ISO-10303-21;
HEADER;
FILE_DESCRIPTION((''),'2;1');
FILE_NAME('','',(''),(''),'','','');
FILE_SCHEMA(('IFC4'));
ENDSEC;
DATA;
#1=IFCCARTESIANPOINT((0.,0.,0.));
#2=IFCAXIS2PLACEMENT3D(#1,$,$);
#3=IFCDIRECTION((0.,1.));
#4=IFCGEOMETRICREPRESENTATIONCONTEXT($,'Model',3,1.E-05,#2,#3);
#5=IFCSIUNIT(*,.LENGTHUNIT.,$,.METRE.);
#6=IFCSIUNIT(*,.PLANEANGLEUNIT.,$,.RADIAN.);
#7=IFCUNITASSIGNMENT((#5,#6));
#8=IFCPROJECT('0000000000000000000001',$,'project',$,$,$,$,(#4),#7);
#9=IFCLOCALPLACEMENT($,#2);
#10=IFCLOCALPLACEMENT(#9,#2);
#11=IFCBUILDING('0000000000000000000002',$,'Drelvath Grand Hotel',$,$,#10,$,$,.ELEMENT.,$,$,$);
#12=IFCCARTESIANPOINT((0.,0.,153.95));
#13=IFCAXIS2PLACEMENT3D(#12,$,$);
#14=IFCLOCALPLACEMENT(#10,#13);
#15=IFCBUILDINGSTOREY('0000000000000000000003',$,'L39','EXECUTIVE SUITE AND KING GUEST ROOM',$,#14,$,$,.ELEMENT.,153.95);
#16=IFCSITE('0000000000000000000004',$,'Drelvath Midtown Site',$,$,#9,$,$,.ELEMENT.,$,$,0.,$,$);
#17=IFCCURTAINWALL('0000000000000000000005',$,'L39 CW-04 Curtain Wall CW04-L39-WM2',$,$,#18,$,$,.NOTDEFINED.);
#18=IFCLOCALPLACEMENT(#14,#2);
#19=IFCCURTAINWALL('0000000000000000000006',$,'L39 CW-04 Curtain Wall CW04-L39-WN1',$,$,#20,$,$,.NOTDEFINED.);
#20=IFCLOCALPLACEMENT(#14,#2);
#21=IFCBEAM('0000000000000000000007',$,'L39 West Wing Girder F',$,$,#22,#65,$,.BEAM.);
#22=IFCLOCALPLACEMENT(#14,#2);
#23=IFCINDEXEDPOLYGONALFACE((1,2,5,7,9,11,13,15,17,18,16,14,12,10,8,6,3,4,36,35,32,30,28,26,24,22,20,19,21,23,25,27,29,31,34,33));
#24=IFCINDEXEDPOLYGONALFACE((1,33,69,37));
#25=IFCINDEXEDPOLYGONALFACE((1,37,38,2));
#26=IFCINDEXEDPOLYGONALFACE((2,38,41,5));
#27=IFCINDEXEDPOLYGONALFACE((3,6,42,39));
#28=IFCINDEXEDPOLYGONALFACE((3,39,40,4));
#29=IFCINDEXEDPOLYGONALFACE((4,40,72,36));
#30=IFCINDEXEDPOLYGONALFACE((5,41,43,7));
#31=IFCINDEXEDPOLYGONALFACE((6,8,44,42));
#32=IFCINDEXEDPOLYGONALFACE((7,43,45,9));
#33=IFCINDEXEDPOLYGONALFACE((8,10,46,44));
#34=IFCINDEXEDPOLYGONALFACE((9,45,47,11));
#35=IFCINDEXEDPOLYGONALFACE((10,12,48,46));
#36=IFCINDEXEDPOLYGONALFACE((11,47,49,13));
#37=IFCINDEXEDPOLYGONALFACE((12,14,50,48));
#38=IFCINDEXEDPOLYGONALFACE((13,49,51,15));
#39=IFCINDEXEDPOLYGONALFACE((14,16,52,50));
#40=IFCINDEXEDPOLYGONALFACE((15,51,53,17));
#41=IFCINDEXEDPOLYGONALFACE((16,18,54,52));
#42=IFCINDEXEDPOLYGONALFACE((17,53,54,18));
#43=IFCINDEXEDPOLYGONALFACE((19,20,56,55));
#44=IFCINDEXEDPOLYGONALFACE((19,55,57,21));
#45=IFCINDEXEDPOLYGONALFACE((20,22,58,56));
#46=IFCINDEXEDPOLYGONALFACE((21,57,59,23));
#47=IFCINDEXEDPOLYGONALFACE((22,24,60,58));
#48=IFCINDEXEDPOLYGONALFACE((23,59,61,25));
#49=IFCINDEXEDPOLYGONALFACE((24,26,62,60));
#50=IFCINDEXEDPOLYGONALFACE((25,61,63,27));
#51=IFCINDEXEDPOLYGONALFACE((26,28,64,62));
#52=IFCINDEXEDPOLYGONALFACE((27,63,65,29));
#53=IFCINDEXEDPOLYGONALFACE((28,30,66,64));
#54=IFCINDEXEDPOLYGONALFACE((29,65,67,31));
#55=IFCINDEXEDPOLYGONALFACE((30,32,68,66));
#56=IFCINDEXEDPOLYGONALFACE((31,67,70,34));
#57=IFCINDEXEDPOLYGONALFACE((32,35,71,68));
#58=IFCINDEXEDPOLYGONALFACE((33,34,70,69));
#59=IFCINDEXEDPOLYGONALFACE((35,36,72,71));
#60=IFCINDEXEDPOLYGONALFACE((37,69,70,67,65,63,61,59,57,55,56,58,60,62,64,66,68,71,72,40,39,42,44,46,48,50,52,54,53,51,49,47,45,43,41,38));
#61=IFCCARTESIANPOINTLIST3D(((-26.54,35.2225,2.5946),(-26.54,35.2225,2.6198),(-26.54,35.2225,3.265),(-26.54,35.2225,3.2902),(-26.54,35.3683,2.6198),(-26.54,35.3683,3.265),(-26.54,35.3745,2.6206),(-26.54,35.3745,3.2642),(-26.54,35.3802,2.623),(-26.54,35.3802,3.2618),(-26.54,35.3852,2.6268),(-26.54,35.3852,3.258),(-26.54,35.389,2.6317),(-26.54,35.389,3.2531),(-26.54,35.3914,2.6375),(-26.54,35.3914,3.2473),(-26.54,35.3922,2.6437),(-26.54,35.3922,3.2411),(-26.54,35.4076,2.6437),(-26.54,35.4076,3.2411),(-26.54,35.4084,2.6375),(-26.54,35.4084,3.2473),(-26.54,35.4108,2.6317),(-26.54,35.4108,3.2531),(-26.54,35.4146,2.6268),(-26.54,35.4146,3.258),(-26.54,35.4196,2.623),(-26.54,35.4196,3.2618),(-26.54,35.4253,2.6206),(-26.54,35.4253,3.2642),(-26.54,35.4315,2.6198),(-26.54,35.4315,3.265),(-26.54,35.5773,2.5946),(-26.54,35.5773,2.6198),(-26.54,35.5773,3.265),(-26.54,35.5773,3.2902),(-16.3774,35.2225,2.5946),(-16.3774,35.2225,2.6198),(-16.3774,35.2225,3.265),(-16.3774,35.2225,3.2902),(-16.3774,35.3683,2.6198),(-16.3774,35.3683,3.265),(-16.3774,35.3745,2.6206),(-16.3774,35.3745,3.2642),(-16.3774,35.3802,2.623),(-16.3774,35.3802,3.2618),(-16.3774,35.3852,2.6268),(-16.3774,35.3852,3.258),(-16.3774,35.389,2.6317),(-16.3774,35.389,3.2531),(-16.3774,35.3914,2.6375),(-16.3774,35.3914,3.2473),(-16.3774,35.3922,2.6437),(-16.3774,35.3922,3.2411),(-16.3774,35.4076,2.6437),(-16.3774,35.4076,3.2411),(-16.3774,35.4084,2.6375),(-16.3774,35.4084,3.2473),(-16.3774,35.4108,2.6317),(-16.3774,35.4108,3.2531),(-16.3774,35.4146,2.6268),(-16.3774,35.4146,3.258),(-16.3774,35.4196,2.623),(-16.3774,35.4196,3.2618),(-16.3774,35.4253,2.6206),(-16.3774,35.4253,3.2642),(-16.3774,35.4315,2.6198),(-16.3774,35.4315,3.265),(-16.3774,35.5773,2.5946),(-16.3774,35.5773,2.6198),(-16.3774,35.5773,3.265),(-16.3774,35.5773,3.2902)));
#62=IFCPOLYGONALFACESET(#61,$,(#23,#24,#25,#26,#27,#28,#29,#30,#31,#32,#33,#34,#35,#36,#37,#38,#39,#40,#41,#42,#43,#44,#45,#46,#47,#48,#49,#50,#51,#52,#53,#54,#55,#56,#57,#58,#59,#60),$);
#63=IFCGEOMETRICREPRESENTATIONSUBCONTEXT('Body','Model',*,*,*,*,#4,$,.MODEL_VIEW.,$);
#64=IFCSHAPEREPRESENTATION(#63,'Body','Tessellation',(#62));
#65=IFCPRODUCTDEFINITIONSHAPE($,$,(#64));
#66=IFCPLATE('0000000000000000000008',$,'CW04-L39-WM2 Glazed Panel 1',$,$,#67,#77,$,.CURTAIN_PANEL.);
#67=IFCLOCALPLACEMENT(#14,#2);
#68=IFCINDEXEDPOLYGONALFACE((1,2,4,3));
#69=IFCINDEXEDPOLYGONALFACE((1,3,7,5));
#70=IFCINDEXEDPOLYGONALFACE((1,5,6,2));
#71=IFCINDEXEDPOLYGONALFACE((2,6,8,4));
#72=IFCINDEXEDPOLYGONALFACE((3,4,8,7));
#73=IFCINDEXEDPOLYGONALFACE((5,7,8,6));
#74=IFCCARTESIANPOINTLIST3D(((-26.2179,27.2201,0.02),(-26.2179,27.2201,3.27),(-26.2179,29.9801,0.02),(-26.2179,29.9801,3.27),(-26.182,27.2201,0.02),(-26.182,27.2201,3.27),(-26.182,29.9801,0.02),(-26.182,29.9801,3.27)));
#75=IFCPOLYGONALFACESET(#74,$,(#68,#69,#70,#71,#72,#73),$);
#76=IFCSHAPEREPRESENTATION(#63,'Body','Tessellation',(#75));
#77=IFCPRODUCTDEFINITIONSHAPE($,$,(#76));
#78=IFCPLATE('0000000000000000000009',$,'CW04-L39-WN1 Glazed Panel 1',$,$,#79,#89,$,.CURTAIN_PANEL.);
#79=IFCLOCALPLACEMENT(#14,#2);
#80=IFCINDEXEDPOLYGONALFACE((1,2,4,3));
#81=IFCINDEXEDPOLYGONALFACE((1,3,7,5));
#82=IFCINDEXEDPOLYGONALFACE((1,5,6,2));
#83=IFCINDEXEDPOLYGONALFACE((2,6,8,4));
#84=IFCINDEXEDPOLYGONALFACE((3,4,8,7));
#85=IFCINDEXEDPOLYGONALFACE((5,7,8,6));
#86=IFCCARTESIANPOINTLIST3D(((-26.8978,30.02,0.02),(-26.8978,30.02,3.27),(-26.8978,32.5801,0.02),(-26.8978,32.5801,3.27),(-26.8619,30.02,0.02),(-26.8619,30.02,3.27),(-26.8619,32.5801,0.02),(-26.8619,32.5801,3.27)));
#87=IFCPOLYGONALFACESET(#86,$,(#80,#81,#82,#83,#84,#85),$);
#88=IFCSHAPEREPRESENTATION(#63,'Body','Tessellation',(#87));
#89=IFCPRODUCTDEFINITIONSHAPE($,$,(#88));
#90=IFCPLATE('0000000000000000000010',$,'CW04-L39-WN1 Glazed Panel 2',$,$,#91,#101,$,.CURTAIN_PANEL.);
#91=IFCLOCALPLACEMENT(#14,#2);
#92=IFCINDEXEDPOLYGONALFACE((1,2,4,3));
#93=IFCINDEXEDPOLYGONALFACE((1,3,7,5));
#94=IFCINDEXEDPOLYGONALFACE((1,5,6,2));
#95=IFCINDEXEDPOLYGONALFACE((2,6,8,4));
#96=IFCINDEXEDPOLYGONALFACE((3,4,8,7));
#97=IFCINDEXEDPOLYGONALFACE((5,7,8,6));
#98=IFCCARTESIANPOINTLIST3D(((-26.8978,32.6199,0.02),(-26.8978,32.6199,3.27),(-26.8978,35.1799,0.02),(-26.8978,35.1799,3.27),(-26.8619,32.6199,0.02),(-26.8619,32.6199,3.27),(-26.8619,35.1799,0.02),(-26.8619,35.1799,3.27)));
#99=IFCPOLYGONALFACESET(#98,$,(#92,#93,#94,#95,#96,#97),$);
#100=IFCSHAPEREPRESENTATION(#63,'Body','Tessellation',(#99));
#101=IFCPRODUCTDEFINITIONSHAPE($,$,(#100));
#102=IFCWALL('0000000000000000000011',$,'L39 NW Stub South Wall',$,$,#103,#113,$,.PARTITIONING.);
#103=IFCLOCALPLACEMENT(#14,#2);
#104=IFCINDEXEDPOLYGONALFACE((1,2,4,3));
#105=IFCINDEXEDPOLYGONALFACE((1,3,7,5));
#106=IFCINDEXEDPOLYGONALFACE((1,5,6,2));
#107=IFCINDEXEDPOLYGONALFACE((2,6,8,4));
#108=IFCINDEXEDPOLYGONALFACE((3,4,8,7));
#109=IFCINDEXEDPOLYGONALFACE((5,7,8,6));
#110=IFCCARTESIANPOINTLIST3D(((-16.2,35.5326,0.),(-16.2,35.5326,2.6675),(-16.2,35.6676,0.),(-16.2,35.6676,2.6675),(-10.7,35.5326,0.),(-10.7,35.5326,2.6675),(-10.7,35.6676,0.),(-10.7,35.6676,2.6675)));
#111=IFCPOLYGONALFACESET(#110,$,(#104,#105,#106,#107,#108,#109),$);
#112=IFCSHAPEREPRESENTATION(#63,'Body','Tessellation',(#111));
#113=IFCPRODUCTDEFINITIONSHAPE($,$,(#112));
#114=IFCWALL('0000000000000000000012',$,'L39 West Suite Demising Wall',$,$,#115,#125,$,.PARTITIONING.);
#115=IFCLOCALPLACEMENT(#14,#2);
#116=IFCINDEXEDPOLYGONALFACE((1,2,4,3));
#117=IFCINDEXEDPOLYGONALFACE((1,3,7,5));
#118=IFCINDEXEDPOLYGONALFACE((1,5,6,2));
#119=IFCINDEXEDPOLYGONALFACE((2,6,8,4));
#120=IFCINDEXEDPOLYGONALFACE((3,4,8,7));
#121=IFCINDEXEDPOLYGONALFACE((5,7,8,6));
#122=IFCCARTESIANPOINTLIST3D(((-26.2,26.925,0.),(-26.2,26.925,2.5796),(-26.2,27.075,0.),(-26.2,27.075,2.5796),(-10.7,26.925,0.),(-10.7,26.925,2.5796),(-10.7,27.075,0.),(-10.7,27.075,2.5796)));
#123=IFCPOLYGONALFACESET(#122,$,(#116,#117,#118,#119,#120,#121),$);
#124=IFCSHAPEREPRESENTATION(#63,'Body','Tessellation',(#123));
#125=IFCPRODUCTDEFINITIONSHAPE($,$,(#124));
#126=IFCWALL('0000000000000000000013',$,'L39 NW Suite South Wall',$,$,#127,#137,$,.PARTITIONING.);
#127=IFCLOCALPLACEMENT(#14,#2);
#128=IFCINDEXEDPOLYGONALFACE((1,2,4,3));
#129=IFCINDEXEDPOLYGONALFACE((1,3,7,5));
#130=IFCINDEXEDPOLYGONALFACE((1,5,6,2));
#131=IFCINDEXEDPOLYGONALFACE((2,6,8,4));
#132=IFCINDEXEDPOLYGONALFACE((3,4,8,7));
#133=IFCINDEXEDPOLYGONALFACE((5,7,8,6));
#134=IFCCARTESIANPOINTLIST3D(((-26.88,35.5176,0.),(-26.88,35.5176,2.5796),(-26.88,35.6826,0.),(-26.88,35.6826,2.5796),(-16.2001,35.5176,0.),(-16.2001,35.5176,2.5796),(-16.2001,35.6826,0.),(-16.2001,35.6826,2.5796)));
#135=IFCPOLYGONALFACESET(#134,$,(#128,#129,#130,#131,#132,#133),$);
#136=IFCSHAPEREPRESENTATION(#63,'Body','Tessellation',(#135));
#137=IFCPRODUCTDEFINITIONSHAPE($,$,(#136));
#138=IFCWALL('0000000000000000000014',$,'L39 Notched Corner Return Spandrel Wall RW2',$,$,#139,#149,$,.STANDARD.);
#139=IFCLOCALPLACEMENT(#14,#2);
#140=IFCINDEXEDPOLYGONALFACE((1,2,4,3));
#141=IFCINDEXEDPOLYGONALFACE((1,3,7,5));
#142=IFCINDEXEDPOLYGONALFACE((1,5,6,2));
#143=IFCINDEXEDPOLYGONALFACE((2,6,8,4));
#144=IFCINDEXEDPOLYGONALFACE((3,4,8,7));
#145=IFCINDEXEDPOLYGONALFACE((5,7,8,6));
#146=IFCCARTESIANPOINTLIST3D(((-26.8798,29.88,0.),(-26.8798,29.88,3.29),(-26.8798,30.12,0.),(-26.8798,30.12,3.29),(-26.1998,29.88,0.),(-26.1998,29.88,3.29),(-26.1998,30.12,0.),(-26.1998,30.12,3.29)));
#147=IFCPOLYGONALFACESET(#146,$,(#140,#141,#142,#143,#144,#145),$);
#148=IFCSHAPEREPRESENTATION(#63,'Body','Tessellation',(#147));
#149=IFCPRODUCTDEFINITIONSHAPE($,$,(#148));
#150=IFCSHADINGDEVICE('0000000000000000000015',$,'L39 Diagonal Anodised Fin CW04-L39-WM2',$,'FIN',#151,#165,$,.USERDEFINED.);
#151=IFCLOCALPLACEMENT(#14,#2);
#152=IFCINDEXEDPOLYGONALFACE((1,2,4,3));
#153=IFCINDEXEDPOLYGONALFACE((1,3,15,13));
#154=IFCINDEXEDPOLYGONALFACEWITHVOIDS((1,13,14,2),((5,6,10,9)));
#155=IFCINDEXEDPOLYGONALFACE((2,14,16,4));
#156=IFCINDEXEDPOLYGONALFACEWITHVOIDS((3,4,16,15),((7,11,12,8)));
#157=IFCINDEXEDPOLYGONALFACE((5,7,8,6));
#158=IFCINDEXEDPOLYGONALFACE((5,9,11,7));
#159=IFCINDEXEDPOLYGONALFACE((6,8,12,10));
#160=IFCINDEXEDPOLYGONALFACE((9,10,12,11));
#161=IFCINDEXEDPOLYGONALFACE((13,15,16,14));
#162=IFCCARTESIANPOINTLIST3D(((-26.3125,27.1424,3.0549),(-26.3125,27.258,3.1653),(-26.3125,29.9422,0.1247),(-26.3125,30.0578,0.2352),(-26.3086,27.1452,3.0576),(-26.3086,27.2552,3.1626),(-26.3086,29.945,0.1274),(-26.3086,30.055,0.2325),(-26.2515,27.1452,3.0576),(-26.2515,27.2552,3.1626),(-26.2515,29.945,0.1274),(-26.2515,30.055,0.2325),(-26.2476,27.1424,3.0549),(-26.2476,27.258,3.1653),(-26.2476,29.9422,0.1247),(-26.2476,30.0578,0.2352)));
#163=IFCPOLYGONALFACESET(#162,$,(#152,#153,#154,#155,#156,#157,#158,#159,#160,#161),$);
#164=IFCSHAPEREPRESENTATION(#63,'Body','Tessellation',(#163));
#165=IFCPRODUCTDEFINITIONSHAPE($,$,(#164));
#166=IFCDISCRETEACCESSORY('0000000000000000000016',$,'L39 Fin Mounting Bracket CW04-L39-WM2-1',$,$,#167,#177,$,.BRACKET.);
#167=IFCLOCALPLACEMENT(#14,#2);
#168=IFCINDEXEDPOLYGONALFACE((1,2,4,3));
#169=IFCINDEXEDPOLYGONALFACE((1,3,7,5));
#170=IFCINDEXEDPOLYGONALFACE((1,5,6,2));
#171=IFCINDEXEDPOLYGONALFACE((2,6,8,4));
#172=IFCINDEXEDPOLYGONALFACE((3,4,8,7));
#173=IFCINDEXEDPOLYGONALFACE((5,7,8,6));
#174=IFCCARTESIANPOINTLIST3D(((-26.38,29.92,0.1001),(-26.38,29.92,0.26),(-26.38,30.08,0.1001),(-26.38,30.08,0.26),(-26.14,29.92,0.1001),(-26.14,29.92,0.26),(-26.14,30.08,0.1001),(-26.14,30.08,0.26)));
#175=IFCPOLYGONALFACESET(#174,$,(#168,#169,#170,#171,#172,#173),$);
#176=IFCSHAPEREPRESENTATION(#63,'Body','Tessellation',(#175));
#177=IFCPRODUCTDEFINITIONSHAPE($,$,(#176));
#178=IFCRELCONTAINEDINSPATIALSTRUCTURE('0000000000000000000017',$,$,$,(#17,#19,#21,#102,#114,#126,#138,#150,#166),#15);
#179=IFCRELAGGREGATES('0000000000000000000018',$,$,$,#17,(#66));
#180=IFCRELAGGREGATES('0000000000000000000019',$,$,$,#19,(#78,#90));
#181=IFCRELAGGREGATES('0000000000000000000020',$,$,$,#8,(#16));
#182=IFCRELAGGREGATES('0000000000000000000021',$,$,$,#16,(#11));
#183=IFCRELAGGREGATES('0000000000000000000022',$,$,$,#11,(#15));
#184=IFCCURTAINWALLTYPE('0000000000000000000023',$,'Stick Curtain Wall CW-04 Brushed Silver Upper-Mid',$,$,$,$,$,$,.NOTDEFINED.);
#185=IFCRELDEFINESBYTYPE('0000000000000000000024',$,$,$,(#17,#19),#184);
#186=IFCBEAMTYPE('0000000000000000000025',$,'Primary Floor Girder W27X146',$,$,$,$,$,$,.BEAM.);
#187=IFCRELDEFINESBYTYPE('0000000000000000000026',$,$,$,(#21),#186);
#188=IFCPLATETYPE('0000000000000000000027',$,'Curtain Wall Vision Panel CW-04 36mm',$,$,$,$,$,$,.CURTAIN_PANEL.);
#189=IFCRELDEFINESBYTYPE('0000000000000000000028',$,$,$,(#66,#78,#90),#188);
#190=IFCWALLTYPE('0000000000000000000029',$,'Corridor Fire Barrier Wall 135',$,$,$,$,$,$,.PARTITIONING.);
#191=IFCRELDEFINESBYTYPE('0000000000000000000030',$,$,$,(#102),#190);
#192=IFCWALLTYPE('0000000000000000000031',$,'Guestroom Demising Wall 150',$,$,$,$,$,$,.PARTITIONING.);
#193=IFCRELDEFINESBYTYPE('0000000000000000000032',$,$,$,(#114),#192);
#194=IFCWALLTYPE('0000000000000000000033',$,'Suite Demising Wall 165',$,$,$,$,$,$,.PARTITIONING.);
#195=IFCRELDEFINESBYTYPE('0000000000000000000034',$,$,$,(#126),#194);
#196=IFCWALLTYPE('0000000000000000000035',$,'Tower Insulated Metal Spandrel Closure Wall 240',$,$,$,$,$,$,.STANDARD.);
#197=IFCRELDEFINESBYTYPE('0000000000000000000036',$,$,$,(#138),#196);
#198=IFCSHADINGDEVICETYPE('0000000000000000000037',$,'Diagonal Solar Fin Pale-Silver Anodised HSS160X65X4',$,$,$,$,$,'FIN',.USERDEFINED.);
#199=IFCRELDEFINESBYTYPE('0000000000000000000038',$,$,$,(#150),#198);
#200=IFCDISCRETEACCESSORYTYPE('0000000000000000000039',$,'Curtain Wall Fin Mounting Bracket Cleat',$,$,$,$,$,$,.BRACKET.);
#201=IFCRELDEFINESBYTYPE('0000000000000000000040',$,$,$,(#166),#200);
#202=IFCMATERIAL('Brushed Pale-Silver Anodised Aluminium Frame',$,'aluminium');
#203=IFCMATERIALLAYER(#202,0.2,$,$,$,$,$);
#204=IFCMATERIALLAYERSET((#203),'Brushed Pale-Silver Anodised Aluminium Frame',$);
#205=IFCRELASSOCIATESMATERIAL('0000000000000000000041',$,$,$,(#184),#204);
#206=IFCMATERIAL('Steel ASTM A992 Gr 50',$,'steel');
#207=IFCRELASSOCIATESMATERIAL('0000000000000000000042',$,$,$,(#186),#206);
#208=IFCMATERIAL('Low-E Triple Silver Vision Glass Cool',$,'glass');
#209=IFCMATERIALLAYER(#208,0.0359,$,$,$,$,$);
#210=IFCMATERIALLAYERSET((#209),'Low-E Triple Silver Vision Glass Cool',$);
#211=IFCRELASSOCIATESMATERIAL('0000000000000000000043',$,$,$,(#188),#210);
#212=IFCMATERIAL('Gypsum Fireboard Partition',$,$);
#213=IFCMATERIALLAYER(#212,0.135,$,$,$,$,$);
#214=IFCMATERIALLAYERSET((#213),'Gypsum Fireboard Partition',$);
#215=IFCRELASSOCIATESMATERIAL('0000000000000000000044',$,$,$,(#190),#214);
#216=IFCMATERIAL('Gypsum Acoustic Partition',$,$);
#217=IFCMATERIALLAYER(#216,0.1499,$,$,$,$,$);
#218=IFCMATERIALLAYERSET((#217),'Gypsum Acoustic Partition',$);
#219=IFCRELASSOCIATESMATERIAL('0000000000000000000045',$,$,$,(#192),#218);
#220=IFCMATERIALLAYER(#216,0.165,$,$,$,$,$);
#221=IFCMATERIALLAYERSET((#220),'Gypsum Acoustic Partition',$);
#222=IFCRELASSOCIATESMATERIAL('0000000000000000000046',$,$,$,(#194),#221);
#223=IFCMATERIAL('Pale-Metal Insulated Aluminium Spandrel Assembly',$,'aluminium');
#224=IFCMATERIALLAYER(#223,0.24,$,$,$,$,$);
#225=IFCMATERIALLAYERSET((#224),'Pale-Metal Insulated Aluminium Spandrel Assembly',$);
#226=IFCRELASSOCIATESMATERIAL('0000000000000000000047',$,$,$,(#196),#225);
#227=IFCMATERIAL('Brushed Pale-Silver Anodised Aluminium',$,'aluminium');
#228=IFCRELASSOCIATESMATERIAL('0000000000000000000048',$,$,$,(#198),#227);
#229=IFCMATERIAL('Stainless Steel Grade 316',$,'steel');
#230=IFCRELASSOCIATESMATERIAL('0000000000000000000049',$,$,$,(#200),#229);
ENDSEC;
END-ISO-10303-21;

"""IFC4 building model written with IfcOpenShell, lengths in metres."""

from ifc_helpers import new_model, si_unit, direction, frame, frame_2d, origin, origin_2d, place, context, subcontext, project, spatial, rectangle, hollow_rectangle, i_section, extrude, material, layer, layer_set, material_profile, profile_set, type_object, element, aggregate, save


model = new_model("IFC4")

# Units and contexts
model_context = context("Model", 3, precision=1e-05, world=origin(), true_north=direction((0.0, 1.0)))
body_context = subcontext(model_context, "Body", "Model", "MODEL_VIEW")
ifc_project = project(units=[si_unit("LENGTHUNIT", "METRE"), si_unit("PLANEANGLEUNIT", "RADIAN")], contexts=[model_context])

# Site, building, storey
site_placement = place(None, origin())
site = spatial("IfcSite", under=ifc_project, at=site_placement, Name="Drelvath Midtown Site", CompositionType="ELEMENT", RefElevation=0.0)
building_placement = place(site_placement, origin())
building = spatial("IfcBuilding", under=site, at=building_placement, Name="Drelvath Grand Hotel", CompositionType="ELEMENT")
storey_placement = place(building_placement, frame((0.0, 0.0, 153.95)))
storey = spatial("IfcBuildingStorey", under=building, at=storey_placement, Name="L39", Description="EXECUTIVE SUITE AND KING GUEST ROOM", CompositionType="ELEMENT", Elevation=153.95)

# Curtain walls
ifc_material_1 = material(Name="Brushed Pale-Silver Anodised Aluminium Frame", Category="aluminium")
ifc_layer_1 = layer(ifc_material_1, 0.2)
ifc_layer_set_1 = layer_set([ifc_layer_1], Name="Brushed Pale-Silver Anodised Aluminium Frame")
curtain_wall_type = type_object("IfcCurtainWallType", Name="Stick Curtain Wall CW-04 Brushed Silver Upper-Mid", PredefinedType="NOTDEFINED", material=ifc_layer_set_1)
curtain_wall_1_placement = place(storey_placement, origin())
curtain_wall_1 = element("IfcCurtainWall", 1, at=curtain_wall_1_placement, inside=storey, type_object=curtain_wall_type, Name="L39 CW-04 Curtain Wall CW04-L39-WM2", PredefinedType="NOTDEFINED")
curtain_wall_2_placement = place(storey_placement, origin())
curtain_wall_2 = element("IfcCurtainWall", 2, at=curtain_wall_2_placement, inside=storey, type_object=curtain_wall_type, Name="L39 CW-04 Curtain Wall CW04-L39-WN1", PredefinedType="NOTDEFINED")

# Beam
ifc_material_2 = material(Name="Steel ASTM A992 Gr 50", Category="steel")
ifc_material_profile_1 = material_profile(ifc_material_2, i_section(OverallWidth=0.3547, OverallDepth=0.6956, WebThickness=0.0154, FlangeThickness=0.0251, FilletRadius=0.0239, at=origin_2d()), Name="W27X146")
ifc_profile_set_1 = profile_set([ifc_material_profile_1], Name="Steel ASTM A992 Gr 50")
beam_type_1 = type_object("IfcBeamType", Name="Primary Floor Girder W27X146", PredefinedType="BEAM", material=ifc_profile_set_1)
beam_1_placement = place(storey_placement, frame((-26.54, 35.3999, 2.9424), z_axis=(1.0, 0.0, 0.0), x_axis=(0.0, 1.0, 0.0)))
element("IfcBeam", 3, at=beam_1_placement, inside=storey, type_object=beam_type_1, Name="L39 West Wing Girder F", PredefinedType="BEAM", context=body_context, shape_type="SweptSolid", body=[
    extrude(i_section(OverallWidth=0.3547, OverallDepth=0.6956, WebThickness=0.0154, FlangeThickness=0.0251, FilletRadius=0.0239, at=origin_2d()), origin(), (0.0, 0.0, 1.0), 10.1626),
])

# Plates
ifc_material_3 = material(Name="Low-E Triple Silver Vision Glass Cool", Category="glass")
ifc_layer_2 = layer(ifc_material_3, 0.0359)
ifc_layer_set_2 = layer_set([ifc_layer_2], Name="Low-E Triple Silver Vision Glass Cool")
plate_type = type_object("IfcPlateType", Name="Curtain Wall Vision Panel CW-04 36mm", PredefinedType="CURTAIN_PANEL", material=ifc_layer_set_2)
plate_1_placement = place(storey_placement, frame((-26.2, 28.6001, 0.02), z_axis=(0.0, 0.0, 1.0), x_axis=(0.0, 1.0, 0.0)))
plate_1 = element("IfcPlate", 4, at=plate_1_placement, type_object=plate_type, Name="CW04-L39-WM2 Glazed Panel 1", PredefinedType="CURTAIN_PANEL", context=body_context, shape_type="SweptSolid", body=[
    extrude(rectangle(XDim=2.76, YDim=0.0359, at=origin_2d()), origin(), (0.0, 0.0, 1.0), 3.25),
])
aggregate(curtain_wall_1, [plate_1])
plate_2_placement = place(storey_placement, frame((-26.8799, 31.3, 0.02), z_axis=(0.0, 0.0, 1.0), x_axis=(0.0, 1.0, 0.0)))
plate_2 = element("IfcPlate", 5, at=plate_2_placement, type_object=plate_type, Name="CW04-L39-WN1 Glazed Panel 1", PredefinedType="CURTAIN_PANEL", context=body_context, shape_type="SweptSolid", body=[
    extrude(rectangle(XDim=2.5601, YDim=0.0359, at=origin_2d()), origin(), (0.0, 0.0, 1.0), 3.25),
])
plate_3_placement = place(storey_placement, frame((-26.8799, 33.8999, 0.02), z_axis=(0.0, 0.0, 1.0), x_axis=(0.0, 1.0, 0.0)))
plate_3 = element("IfcPlate", 6, at=plate_3_placement, type_object=plate_type, Name="CW04-L39-WN1 Glazed Panel 2", PredefinedType="CURTAIN_PANEL", context=body_context, shape_type="SweptSolid", body=[
    extrude(rectangle(XDim=2.5601, YDim=0.0359, at=origin_2d()), origin(), (0.0, 0.0, 1.0), 3.25),
])
aggregate(curtain_wall_2, [plate_2, plate_3])

# Wall
ifc_material_4 = material(Name="Gypsum Fireboard Partition")
ifc_layer_3 = layer(ifc_material_4, 0.135)
ifc_layer_set_3 = layer_set([ifc_layer_3], Name="Gypsum Fireboard Partition")
wall_type_1 = type_object("IfcWallType", Name="Corridor Fire Barrier Wall 135", PredefinedType="PARTITIONING", material=ifc_layer_set_3)
wall_1_placement = place(storey_placement, frame((-16.2, 35.6001, 0.0), z_axis=(0.0, 0.0, 1.0), x_axis=(1.0, 0.0, 0.0)))
element("IfcWall", 7, at=wall_1_placement, inside=storey, type_object=wall_type_1, Name="L39 NW Stub South Wall", PredefinedType="PARTITIONING", context=body_context, shape_type="SweptSolid", body=[
    extrude(rectangle(XDim=5.5, YDim=0.135, at=frame_2d((2.75, 0.0))), origin(), (0.0, 0.0, 1.0), 2.6675),
])

# Walls
ifc_material_5 = material(Name="Gypsum Acoustic Partition")
ifc_layer_4 = layer(ifc_material_5, 0.1499)
ifc_layer_set_4 = layer_set([ifc_layer_4], Name="Gypsum Acoustic Partition")
wall_type_2 = type_object("IfcWallType", Name="Guestroom Demising Wall 150", PredefinedType="PARTITIONING", material=ifc_layer_set_4)
wall_2_placement = place(storey_placement, frame((-26.2, 27.0, 0.0), z_axis=(0.0, 0.0, 1.0), x_axis=(1.0, 0.0, 0.0)))
element("IfcWall", 8, at=wall_2_placement, inside=storey, type_object=wall_type_2, Name="L39 West Suite Demising Wall", PredefinedType="PARTITIONING", context=body_context, shape_type="SweptSolid", body=[
    extrude(rectangle(XDim=15.5, YDim=0.1499, at=frame_2d((7.75, 0.0))), origin(), (0.0, 0.0, 1.0), 2.5796),
])
ifc_layer_5 = layer(ifc_material_5, 0.165)
ifc_layer_set_5 = layer_set([ifc_layer_5], Name="Gypsum Acoustic Partition")
wall_type_3 = type_object("IfcWallType", Name="Suite Demising Wall 165", PredefinedType="PARTITIONING", material=ifc_layer_set_5)
wall_3_placement = place(storey_placement, frame((-26.8799, 35.6001, 0.0), z_axis=(0.0, 0.0, 1.0), x_axis=(1.0, 0.0, 0.0)))
element("IfcWall", 9, at=wall_3_placement, inside=storey, type_object=wall_type_3, Name="L39 NW Suite South Wall", PredefinedType="PARTITIONING", context=body_context, shape_type="SweptSolid", body=[
    extrude(rectangle(XDim=10.6799, YDim=0.165, at=frame_2d((5.3398, 0.0))), origin(), (0.0, 0.0, 1.0), 2.5796),
])
ifc_material_6 = material(Name="Pale-Metal Insulated Aluminium Spandrel Assembly", Category="aluminium")
ifc_layer_6 = layer(ifc_material_6, 0.24)
ifc_layer_set_6 = layer_set([ifc_layer_6], Name="Pale-Metal Insulated Aluminium Spandrel Assembly")
wall_type_4 = type_object("IfcWallType", Name="Tower Insulated Metal Spandrel Closure Wall 240", PredefinedType="STANDARD", material=ifc_layer_set_6)
wall_4_placement = place(storey_placement, frame((-26.2, 30.0, 0.0), z_axis=(0.0, 0.0, 1.0), x_axis=(-1.0, 0.0, 0.0)))
element("IfcWall", 10, at=wall_4_placement, inside=storey, type_object=wall_type_4, Name="L39 Notched Corner Return Spandrel Wall RW2", PredefinedType="STANDARD", context=body_context, shape_type="SweptSolid", body=[
    extrude(rectangle(XDim=0.6799, YDim=0.24, at=frame_2d((0.3398, 0.0))), origin(), (0.0, 0.0, 1.0), 3.29),
])

# Shading device
ifc_material_7 = material(Name="Brushed Pale-Silver Anodised Aluminium", Category="aluminium")
ifc_material_profile_2 = material_profile(ifc_material_7, hollow_rectangle(XDim=0.0649, YDim=0.1599, WallThickness=0.0039, at=origin_2d()), Name="HSS160X65X4")
ifc_profile_set_2 = profile_set([ifc_material_profile_2], Name="Brushed Pale-Silver Anodised Aluminium")
shading_device_type = type_object("IfcShadingDeviceType", Name="Diagonal Solar Fin Pale-Silver Anodised HSS160X65X4", ElementType="FIN", PredefinedType="USERDEFINED", material=ifc_profile_set_2)
shading_device_placement = place(storey_placement, frame((-26.28, 30.0, 0.1799), z_axis=(0.0, -0.69084, 0.723008), x_axis=(1.0, 0.0, 0.0)))
element("IfcShadingDevice", 11, at=shading_device_placement, inside=storey, type_object=shading_device_type, Name="L39 Diagonal Anodised Fin CW04-L39-WM2", ObjectType="FIN", PredefinedType="USERDEFINED", context=body_context, shape_type="SweptSolid", body=[
    extrude(hollow_rectangle(XDim=0.0649, YDim=0.1599, WallThickness=0.0039, at=origin_2d()), origin(), (0.0, 0.0, 1.0), 4.0527),
])

# Discrete accessory
ifc_material_8 = material(Name="Stainless Steel Grade 316", Category="steel")
discrete_accessory_type = type_object("IfcDiscreteAccessoryType", Name="Curtain Wall Fin Mounting Bracket Cleat", PredefinedType="BRACKET", material=ifc_material_8)
discrete_accessory_placement = place(storey_placement, frame((-26.26, 30.0, 0.1001), z_axis=(0.0, 0.0, 1.0), x_axis=(0.0, 1.0, 0.0)))
element("IfcDiscreteAccessory", 12, at=discrete_accessory_placement, inside=storey, type_object=discrete_accessory_type, Name="L39 Fin Mounting Bracket CW04-L39-WM2-1", PredefinedType="BRACKET", context=body_context, shape_type="SweptSolid", body=[
    extrude(rectangle(XDim=0.1599, YDim=0.24, at=origin_2d()), origin(), (0.0, 0.0, 1.0), 0.1599),
])

save(model, "model.ifc")
